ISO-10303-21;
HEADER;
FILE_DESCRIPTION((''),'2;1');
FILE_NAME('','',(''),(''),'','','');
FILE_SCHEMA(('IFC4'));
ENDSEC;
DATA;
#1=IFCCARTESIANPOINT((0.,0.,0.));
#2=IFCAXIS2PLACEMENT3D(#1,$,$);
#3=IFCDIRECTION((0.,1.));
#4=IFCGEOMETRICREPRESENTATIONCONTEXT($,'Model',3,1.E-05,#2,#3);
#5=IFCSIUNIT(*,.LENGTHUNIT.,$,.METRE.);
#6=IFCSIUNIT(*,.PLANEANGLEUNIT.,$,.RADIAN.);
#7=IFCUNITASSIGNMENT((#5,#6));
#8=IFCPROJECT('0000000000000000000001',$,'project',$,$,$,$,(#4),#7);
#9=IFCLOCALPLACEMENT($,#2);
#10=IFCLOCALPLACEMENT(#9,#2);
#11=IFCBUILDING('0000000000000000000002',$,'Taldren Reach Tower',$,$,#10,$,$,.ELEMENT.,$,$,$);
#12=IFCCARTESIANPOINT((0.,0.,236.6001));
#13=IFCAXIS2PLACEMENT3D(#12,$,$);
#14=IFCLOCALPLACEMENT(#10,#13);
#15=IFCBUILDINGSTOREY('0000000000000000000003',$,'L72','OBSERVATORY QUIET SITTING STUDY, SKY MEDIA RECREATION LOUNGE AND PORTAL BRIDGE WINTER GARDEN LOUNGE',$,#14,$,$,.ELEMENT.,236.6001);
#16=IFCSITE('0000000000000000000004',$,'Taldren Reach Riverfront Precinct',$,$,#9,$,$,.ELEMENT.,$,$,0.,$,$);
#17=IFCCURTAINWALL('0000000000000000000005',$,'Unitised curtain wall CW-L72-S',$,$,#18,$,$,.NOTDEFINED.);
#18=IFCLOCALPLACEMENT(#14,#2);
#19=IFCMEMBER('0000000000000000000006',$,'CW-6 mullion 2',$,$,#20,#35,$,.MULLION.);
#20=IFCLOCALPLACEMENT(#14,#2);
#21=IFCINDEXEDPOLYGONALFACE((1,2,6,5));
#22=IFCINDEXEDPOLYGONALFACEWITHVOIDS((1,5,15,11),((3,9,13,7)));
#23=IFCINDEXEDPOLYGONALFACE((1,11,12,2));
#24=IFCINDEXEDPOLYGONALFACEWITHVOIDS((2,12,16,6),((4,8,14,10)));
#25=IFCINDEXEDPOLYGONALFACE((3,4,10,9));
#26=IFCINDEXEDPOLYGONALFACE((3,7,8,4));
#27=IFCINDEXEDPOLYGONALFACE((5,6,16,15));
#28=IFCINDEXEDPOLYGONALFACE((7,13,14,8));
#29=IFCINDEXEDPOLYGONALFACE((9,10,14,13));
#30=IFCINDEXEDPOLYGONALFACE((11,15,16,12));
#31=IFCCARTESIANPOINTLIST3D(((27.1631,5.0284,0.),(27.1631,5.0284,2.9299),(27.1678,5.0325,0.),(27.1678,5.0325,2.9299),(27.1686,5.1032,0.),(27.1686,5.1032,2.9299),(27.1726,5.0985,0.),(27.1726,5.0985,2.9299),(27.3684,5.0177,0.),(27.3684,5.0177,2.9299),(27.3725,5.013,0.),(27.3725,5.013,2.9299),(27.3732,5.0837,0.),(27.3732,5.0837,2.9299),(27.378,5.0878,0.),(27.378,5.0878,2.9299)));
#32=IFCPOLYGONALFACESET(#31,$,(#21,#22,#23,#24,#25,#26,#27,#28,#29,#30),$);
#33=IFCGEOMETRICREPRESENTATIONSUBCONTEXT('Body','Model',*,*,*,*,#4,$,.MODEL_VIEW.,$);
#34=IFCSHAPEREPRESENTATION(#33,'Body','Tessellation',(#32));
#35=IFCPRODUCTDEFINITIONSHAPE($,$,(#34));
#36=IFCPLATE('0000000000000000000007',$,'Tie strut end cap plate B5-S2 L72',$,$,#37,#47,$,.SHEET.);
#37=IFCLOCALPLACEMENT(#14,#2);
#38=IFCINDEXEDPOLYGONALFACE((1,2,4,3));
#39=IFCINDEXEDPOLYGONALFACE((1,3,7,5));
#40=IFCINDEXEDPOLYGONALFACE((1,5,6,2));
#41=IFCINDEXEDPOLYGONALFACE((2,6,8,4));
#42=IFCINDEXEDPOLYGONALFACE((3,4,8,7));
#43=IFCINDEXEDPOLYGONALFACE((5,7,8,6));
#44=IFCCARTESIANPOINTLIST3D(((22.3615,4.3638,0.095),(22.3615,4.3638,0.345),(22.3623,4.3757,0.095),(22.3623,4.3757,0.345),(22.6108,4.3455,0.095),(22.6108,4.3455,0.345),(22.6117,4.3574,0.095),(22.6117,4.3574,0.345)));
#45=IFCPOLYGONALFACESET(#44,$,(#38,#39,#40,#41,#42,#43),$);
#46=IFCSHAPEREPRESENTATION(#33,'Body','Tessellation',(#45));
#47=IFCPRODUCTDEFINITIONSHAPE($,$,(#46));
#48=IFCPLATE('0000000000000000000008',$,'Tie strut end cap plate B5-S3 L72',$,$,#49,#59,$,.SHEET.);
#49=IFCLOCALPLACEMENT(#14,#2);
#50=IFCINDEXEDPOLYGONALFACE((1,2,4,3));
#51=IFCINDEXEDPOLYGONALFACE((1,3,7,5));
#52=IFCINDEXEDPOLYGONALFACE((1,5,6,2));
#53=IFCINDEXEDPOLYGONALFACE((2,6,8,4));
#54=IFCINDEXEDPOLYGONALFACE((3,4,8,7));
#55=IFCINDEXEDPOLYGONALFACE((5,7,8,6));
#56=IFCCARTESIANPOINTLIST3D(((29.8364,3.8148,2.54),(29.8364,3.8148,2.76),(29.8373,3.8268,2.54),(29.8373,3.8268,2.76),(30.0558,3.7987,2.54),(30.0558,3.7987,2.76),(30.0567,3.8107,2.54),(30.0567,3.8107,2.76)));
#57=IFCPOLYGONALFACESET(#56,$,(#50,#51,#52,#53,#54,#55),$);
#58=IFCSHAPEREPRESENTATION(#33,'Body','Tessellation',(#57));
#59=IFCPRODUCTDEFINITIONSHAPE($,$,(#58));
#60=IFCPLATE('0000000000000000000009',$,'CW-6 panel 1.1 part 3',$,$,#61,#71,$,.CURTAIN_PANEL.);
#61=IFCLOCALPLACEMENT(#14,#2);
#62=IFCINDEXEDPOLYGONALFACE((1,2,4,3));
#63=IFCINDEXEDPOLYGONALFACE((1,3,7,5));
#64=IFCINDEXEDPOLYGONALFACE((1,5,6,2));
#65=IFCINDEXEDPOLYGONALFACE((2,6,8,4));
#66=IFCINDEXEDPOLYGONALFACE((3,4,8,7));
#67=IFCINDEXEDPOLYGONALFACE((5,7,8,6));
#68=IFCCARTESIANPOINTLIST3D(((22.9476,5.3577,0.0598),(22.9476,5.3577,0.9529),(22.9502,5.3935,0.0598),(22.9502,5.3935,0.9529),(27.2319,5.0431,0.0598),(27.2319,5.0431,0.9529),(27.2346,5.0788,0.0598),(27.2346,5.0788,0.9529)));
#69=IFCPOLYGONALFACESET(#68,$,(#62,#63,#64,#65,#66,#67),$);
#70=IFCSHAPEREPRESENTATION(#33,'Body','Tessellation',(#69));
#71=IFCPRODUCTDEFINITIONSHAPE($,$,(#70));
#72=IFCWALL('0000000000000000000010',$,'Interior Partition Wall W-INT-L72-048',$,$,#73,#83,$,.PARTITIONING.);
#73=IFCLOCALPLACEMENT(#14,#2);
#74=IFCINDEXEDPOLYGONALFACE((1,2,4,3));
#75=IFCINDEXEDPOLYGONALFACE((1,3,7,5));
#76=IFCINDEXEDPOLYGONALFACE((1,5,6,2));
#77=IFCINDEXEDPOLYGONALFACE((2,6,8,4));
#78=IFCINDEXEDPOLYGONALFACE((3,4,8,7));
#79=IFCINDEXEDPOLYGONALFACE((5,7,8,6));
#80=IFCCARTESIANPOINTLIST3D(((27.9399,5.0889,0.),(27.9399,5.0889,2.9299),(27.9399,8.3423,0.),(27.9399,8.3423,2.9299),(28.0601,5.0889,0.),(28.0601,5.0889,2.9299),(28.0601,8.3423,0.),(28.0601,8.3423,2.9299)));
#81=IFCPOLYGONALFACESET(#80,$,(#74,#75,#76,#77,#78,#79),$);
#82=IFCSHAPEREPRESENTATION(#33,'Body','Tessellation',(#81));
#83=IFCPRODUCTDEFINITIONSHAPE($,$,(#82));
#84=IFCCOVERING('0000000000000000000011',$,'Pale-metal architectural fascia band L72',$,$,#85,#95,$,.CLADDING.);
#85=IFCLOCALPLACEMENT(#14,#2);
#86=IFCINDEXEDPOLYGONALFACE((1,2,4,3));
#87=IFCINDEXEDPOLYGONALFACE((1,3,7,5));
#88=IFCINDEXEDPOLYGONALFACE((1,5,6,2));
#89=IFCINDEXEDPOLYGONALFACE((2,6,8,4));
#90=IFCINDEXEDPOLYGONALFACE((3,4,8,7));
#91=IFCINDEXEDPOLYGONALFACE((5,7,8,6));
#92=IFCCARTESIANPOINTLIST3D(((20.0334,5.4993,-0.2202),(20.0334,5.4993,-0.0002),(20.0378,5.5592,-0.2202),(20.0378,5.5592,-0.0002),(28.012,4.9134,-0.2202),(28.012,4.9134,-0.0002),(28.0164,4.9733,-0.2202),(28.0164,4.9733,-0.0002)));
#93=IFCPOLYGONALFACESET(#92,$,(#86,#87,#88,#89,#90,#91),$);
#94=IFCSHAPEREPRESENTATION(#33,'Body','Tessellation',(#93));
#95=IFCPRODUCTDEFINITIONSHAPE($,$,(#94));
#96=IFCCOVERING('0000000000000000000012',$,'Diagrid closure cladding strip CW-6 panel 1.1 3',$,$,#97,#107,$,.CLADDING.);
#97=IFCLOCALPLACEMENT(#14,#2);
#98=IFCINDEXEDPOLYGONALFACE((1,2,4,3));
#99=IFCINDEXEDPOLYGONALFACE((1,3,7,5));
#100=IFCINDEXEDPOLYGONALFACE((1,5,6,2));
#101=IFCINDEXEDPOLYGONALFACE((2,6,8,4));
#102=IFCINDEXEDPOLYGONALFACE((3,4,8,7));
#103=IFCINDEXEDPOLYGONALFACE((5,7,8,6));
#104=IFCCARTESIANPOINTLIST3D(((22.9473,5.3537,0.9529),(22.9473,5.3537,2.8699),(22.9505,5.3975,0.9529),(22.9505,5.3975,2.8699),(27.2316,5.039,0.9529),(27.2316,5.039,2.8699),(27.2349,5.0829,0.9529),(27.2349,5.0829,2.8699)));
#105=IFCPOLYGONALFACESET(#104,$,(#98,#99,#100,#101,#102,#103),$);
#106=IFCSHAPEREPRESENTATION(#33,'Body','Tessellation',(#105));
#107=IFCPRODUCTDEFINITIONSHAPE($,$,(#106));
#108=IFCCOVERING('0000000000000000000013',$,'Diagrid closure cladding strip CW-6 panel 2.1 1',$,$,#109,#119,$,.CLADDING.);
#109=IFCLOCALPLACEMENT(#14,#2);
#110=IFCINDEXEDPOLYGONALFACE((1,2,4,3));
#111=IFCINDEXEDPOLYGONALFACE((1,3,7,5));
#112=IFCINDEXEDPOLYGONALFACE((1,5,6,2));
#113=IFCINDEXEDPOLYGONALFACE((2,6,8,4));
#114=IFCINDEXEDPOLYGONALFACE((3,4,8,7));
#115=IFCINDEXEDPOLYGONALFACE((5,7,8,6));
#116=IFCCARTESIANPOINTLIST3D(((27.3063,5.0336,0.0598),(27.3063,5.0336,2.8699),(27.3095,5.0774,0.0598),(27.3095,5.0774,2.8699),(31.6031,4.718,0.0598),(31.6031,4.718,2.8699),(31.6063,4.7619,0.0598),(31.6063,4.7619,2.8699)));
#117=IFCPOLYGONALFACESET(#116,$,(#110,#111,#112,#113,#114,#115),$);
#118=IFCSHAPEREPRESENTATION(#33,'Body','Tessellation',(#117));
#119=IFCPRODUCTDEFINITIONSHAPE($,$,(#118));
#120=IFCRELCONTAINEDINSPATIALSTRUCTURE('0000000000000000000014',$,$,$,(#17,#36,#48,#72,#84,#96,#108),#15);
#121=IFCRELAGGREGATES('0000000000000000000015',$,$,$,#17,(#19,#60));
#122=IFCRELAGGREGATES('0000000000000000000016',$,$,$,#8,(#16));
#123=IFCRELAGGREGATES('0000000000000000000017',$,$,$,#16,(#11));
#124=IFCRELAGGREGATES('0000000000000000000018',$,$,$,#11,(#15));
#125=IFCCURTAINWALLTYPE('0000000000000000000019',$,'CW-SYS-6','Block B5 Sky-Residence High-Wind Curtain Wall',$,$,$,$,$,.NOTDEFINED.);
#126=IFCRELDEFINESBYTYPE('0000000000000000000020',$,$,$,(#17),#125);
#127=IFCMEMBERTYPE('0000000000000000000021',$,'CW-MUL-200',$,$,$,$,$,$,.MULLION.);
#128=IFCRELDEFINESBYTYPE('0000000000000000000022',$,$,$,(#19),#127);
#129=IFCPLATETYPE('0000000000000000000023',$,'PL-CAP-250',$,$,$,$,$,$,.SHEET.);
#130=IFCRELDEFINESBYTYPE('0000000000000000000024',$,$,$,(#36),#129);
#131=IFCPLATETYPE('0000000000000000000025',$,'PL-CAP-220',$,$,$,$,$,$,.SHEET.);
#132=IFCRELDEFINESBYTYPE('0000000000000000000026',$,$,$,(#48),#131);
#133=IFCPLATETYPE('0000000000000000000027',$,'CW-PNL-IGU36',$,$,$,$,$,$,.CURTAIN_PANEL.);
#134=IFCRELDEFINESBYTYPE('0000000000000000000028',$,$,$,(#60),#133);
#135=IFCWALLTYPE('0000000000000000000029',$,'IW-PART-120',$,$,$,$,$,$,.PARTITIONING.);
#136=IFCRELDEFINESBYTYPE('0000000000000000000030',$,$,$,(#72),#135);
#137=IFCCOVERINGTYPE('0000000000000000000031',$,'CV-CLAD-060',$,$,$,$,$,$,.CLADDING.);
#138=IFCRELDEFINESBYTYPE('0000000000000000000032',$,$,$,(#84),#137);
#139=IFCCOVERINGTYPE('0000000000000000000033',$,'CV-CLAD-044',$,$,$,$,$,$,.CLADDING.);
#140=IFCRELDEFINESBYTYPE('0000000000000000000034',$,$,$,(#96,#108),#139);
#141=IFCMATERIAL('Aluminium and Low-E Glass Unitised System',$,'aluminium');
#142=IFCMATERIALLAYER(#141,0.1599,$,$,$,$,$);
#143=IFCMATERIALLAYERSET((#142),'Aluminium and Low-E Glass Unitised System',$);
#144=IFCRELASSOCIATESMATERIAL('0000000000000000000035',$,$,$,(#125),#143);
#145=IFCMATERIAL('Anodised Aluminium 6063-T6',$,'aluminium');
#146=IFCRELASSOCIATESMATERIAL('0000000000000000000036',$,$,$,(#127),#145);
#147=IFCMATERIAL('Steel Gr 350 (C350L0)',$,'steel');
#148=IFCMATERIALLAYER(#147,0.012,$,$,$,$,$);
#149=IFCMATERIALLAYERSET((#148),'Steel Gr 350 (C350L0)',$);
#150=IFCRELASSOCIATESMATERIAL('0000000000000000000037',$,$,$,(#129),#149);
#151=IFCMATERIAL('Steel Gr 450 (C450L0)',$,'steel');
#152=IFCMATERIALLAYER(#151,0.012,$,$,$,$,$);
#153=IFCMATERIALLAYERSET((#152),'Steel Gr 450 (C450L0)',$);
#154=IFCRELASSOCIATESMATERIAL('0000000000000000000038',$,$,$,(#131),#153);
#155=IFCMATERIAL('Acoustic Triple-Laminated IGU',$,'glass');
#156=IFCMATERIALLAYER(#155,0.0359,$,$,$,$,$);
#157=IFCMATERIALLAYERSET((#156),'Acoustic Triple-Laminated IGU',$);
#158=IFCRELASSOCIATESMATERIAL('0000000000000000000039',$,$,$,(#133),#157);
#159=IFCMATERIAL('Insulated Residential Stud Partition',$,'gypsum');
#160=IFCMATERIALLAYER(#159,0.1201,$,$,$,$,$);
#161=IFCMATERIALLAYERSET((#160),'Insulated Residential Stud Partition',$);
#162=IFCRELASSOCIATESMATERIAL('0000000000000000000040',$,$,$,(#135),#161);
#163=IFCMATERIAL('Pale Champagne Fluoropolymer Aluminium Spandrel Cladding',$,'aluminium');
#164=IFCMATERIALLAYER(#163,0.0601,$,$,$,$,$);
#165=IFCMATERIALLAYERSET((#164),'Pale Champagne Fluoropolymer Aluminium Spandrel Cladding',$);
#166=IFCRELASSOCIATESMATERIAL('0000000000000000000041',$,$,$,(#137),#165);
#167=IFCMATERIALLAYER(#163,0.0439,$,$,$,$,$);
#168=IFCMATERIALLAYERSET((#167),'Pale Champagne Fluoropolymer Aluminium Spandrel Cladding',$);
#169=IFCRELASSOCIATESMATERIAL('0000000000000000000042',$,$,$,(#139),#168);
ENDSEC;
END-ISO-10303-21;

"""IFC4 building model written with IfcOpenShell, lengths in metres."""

from ifc_helpers import new_model, si_unit, direction, frame, frame_2d, origin, origin_2d, place, context, subcontext, project, spatial, rectangle, hollow_rectangle, extrude, source, transform, mapped, material, layer, layer_set, material_profile, profile_set, type_object, element, aggregate, save


model = new_model("IFC4")

# Units and contexts
model_context = context("Model", 3, precision=1e-05, world=origin(), true_north=direction((0.0, 1.0)))
body_context = subcontext(model_context, "Body", "Model", "MODEL_VIEW")
ifc_project = project(units=[si_unit("LENGTHUNIT", "METRE"), si_unit("PLANEANGLEUNIT", "RADIAN")], contexts=[model_context])

# Site, building, storey
site_placement = place(None, origin())
site = spatial("IfcSite", under=ifc_project, at=site_placement, Name="Taldren Reach Riverfront Precinct", CompositionType="ELEMENT", RefElevation=0.0)
building_placement = place(site_placement, origin())
building = spatial("IfcBuilding", under=site, at=building_placement, Name="Taldren Reach Tower", CompositionType="ELEMENT")
storey_placement = place(building_placement, frame((0.0, 0.0, 236.6001)))
storey = spatial("IfcBuildingStorey", under=building, at=storey_placement, Name="L72", Description="OBSERVATORY QUIET SITTING STUDY, SKY MEDIA RECREATION LOUNGE AND PORTAL BRIDGE WINTER GARDEN LOUNGE", CompositionType="ELEMENT", Elevation=236.6001)

# Shared definitions
ifc_material_1 = material(Name="Steel Gr 350 (C350L0)", Category="steel")

# Shared definitions
ifc_material_2 = material(Name="Steel Gr 450 (C450L0)", Category="steel")

# Curtain wall, member
ifc_material_3 = material(Name="Aluminium and Low-E Glass Unitised System", Category="aluminium")
ifc_layer_1 = layer(ifc_material_3, 0.1599)
ifc_layer_set_1 = layer_set([ifc_layer_1], Name="Aluminium and Low-E Glass Unitised System")
curtain_wall_type = type_object("IfcCurtainWallType", Name="CW-SYS-6", Description="Block B5 Sky-Residence High-Wind Curtain Wall", PredefinedType="NOTDEFINED", material=ifc_layer_set_1)
curtain_wall_placement = place(storey_placement, origin())
curtain_wall = element("IfcCurtainWall", 1, at=curtain_wall_placement, inside=storey, type_object=curtain_wall_type, Name="Unitised curtain wall CW-L72-S", PredefinedType="NOTDEFINED")
ifc_material_4 = material(Name="Anodised Aluminium 6063-T6", Category="aluminium")
ifc_material_profile_1 = material_profile(ifc_material_4, hollow_rectangle(XDim=0.075, YDim=0.21, WallThickness=0.0044, at=origin_2d()), Name="ALU-210x75x4.5RHS")
ifc_profile_set_1 = profile_set([ifc_material_profile_1], Name="Anodised Aluminium 6063-T6")
member_type_1 = type_object("IfcMemberType", Name="CW-MUL-200", PredefinedType="MULLION", material=ifc_profile_set_1)
shared_shape_1 = source(origin(), body_context, "Body", "SweptSolid", [
    extrude(hollow_rectangle(XDim=0.075, YDim=0.21, WallThickness=0.0044, at=origin_2d()), origin(), (0.0, 0.0, 1.0), 2.9299),
])
member_1_placement = place(storey_placement, frame((27.2705, 5.0581, 0.0), z_axis=(0.0, 0.0, 1.0), x_axis=(0.073238, 0.997314, 0.0)))
member_1 = element("IfcMember", 2, at=member_1_placement, type_object=member_type_1, Name="CW-6 mullion 2", PredefinedType="MULLION", context=body_context, shape_type="MappedRepresentation", body=[
    mapped(shared_shape_1, transform((0.0, 0.0, 0.0), scale=1.0)),
])

# Plates
ifc_layer_2 = layer(ifc_material_1, 0.012)
ifc_layer_set_2 = layer_set([ifc_layer_2], Name="Steel Gr 350 (C350L0)")
plate_type_1 = type_object("IfcPlateType", Name="PL-CAP-250", PredefinedType="SHEET", material=ifc_layer_set_2)
shared_shape_2 = source(origin(), body_context, "Body", "SweptSolid", [
    extrude(rectangle(XDim=0.25, YDim=0.012, at=origin_2d()), origin(), (0.0, 0.0, 1.0), 0.25),
])
plate_1_placement = place(storey_placement, frame((22.4866, 4.3606, 0.095), z_axis=(0.0, 0.0, 1.0), x_axis=(0.997314, -0.073238, 0.0)))
element("IfcPlate", 3, at=plate_1_placement, inside=storey, type_object=plate_type_1, Name="Tie strut end cap plate B5-S2 L72", PredefinedType="SHEET", context=body_context, shape_type="MappedRepresentation", body=[
    mapped(shared_shape_2, transform((0.0, 0.0, 0.0), scale=1.0)),
])
ifc_layer_3 = layer(ifc_material_2, 0.012)
ifc_layer_set_3 = layer_set([ifc_layer_3], Name="Steel Gr 450 (C450L0)")
plate_type_2 = type_object("IfcPlateType", Name="PL-CAP-220", PredefinedType="SHEET", material=ifc_layer_set_3)
shared_shape_3 = source(origin(), body_context, "Body", "SweptSolid", [
    extrude(rectangle(XDim=0.22, YDim=0.012, at=origin_2d()), origin(), (0.0, 0.0, 1.0), 0.22),
])
plate_2_placement = place(storey_placement, frame((29.9465, 3.8127, 2.54), z_axis=(0.0, 0.0, 1.0), x_axis=(0.997314, -0.073238, 0.0)))
element("IfcPlate", 4, at=plate_2_placement, inside=storey, type_object=plate_type_2, Name="Tie strut end cap plate B5-S3 L72", PredefinedType="SHEET", context=body_context, shape_type="MappedRepresentation", body=[
    mapped(shared_shape_3, transform((0.0, 0.0, 0.0), scale=1.0)),
])

# Plate
ifc_material_5 = material(Name="Acoustic Triple-Laminated IGU", Category="glass")
ifc_layer_4 = layer(ifc_material_5, 0.0359)
ifc_layer_set_4 = layer_set([ifc_layer_4], Name="Acoustic Triple-Laminated IGU")
plate_type_3 = type_object("IfcPlateType", Name="CW-PNL-IGU36", PredefinedType="CURTAIN_PANEL", material=ifc_layer_set_4)
shared_shape_4 = source(origin(), body_context, "Body", "SweptSolid", [
    extrude(rectangle(XDim=4.2959, YDim=0.0359, at=origin_2d()), origin(), (0.0, 0.0, 1.0), 0.8931),
])
plate_3_placement = place(storey_placement, frame((25.0911, 5.2183, 0.0598), z_axis=(0.0, 0.0, 1.0), x_axis=(0.997314, -0.073238, 0.0)))
plate_3 = element("IfcPlate", 5, at=plate_3_placement, type_object=plate_type_3, Name="CW-6 panel 1.1 part 3", PredefinedType="CURTAIN_PANEL", context=body_context, shape_type="MappedRepresentation", body=[
    mapped(shared_shape_4, transform((0.0, 0.0, 0.0), scale=1.0)),
])
aggregate(curtain_wall, [member_1, plate_3])

# Wall
ifc_material_6 = material(Name="Insulated Residential Stud Partition", Category="gypsum")
ifc_layer_5 = layer(ifc_material_6, 0.1201)
ifc_layer_set_5 = layer_set([ifc_layer_5], Name="Insulated Residential Stud Partition")
wall_type = type_object("IfcWallType", Name="IW-PART-120", PredefinedType="PARTITIONING", material=ifc_layer_set_5)
shared_shape_5 = source(origin(), body_context, "Body", "SweptSolid", [
    extrude(rectangle(XDim=3.2534, YDim=0.1201, at=frame_2d((1.6267, 0.0))), origin(), (0.0, 0.0, 1.0), 2.9299),
])
wall_placement = place(storey_placement, frame((28.0, 5.0889, 0.0), z_axis=(0.0, 0.0, 1.0), x_axis=(0.0, 1.0, 0.0)))
element("IfcWall", 6, at=wall_placement, inside=storey, type_object=wall_type, Name="Interior Partition Wall W-INT-L72-048", PredefinedType="PARTITIONING", context=body_context, shape_type="MappedRepresentation", body=[
    mapped(shared_shape_5, transform((0.0, 0.0, 0.0), scale=1.0)),
])

# Coverings
ifc_material_7 = material(Name="Pale Champagne Fluoropolymer Aluminium Spandrel Cladding", Category="aluminium")
ifc_layer_6 = layer(ifc_material_7, 0.0601)
ifc_layer_set_6 = layer_set([ifc_layer_6], Name="Pale Champagne Fluoropolymer Aluminium Spandrel Cladding")
covering_type_1 = type_object("IfcCoveringType", Name="CV-CLAD-060", PredefinedType="CLADDING", material=ifc_layer_set_6)
shared_shape_6 = source(origin(), body_context, "Body", "SweptSolid", [
    extrude(rectangle(XDim=8.0, YDim=0.0601, at=origin_2d()), origin(), (0.0, 0.0, 1.0), 0.22),
])
covering_1_placement = place(storey_placement, frame((24.0249, 5.2363, -0.2202), z_axis=(0.0, 0.0, 1.0), x_axis=(0.997314, -0.073238, 0.0)))
element("IfcCovering", 7, at=covering_1_placement, inside=storey, type_object=covering_type_1, Name="Pale-metal architectural fascia band L72", PredefinedType="CLADDING", context=body_context, shape_type="MappedRepresentation", body=[
    mapped(shared_shape_6, transform((0.0, 0.0, 0.0), scale=1.0)),
])
ifc_layer_7 = layer(ifc_material_7, 0.0439)
ifc_layer_set_7 = layer_set([ifc_layer_7], Name="Pale Champagne Fluoropolymer Aluminium Spandrel Cladding")
covering_type_2 = type_object("IfcCoveringType", Name="CV-CLAD-044", PredefinedType="CLADDING", material=ifc_layer_set_7)
shared_shape_7 = source(origin(), body_context, "Body", "SweptSolid", [
    extrude(rectangle(XDim=4.2959, YDim=0.0439, at=origin_2d()), origin(), (0.0, 0.0, 1.0), 1.917),
])
covering_2_placement = place(storey_placement, frame((25.0911, 5.2183, 0.9529), z_axis=(0.0, 0.0, 1.0), x_axis=(0.997314, -0.073238, 0.0)))
element("IfcCovering", 8, at=covering_2_placement, inside=storey, type_object=covering_type_2, Name="Diagrid closure cladding strip CW-6 panel 1.1 3", PredefinedType="CLADDING", context=body_context, shape_type="MappedRepresentation", body=[
    mapped(shared_shape_7, transform((0.0, 0.0, 0.0), scale=1.0)),
])
shared_shape_8 = source(origin(), body_context, "Body", "SweptSolid", [
    extrude(rectangle(XDim=4.3083, YDim=0.0439, at=origin_2d()), origin(), (0.0, 0.0, 1.0), 2.8101),
])
covering_3_placement = place(storey_placement, frame((29.4563, 4.8977, 0.0598), z_axis=(0.0, 0.0, 1.0), x_axis=(0.997314, -0.073238, 0.0)))
element("IfcCovering", 9, at=covering_3_placement, inside=storey, type_object=covering_type_2, Name="Diagrid closure cladding strip CW-6 panel 2.1 1", PredefinedType="CLADDING", context=body_context, shape_type="MappedRepresentation", body=[
    mapped(shared_shape_8, transform((0.0, 0.0, 0.0), scale=1.0)),
])

save(model, "model.ifc")
